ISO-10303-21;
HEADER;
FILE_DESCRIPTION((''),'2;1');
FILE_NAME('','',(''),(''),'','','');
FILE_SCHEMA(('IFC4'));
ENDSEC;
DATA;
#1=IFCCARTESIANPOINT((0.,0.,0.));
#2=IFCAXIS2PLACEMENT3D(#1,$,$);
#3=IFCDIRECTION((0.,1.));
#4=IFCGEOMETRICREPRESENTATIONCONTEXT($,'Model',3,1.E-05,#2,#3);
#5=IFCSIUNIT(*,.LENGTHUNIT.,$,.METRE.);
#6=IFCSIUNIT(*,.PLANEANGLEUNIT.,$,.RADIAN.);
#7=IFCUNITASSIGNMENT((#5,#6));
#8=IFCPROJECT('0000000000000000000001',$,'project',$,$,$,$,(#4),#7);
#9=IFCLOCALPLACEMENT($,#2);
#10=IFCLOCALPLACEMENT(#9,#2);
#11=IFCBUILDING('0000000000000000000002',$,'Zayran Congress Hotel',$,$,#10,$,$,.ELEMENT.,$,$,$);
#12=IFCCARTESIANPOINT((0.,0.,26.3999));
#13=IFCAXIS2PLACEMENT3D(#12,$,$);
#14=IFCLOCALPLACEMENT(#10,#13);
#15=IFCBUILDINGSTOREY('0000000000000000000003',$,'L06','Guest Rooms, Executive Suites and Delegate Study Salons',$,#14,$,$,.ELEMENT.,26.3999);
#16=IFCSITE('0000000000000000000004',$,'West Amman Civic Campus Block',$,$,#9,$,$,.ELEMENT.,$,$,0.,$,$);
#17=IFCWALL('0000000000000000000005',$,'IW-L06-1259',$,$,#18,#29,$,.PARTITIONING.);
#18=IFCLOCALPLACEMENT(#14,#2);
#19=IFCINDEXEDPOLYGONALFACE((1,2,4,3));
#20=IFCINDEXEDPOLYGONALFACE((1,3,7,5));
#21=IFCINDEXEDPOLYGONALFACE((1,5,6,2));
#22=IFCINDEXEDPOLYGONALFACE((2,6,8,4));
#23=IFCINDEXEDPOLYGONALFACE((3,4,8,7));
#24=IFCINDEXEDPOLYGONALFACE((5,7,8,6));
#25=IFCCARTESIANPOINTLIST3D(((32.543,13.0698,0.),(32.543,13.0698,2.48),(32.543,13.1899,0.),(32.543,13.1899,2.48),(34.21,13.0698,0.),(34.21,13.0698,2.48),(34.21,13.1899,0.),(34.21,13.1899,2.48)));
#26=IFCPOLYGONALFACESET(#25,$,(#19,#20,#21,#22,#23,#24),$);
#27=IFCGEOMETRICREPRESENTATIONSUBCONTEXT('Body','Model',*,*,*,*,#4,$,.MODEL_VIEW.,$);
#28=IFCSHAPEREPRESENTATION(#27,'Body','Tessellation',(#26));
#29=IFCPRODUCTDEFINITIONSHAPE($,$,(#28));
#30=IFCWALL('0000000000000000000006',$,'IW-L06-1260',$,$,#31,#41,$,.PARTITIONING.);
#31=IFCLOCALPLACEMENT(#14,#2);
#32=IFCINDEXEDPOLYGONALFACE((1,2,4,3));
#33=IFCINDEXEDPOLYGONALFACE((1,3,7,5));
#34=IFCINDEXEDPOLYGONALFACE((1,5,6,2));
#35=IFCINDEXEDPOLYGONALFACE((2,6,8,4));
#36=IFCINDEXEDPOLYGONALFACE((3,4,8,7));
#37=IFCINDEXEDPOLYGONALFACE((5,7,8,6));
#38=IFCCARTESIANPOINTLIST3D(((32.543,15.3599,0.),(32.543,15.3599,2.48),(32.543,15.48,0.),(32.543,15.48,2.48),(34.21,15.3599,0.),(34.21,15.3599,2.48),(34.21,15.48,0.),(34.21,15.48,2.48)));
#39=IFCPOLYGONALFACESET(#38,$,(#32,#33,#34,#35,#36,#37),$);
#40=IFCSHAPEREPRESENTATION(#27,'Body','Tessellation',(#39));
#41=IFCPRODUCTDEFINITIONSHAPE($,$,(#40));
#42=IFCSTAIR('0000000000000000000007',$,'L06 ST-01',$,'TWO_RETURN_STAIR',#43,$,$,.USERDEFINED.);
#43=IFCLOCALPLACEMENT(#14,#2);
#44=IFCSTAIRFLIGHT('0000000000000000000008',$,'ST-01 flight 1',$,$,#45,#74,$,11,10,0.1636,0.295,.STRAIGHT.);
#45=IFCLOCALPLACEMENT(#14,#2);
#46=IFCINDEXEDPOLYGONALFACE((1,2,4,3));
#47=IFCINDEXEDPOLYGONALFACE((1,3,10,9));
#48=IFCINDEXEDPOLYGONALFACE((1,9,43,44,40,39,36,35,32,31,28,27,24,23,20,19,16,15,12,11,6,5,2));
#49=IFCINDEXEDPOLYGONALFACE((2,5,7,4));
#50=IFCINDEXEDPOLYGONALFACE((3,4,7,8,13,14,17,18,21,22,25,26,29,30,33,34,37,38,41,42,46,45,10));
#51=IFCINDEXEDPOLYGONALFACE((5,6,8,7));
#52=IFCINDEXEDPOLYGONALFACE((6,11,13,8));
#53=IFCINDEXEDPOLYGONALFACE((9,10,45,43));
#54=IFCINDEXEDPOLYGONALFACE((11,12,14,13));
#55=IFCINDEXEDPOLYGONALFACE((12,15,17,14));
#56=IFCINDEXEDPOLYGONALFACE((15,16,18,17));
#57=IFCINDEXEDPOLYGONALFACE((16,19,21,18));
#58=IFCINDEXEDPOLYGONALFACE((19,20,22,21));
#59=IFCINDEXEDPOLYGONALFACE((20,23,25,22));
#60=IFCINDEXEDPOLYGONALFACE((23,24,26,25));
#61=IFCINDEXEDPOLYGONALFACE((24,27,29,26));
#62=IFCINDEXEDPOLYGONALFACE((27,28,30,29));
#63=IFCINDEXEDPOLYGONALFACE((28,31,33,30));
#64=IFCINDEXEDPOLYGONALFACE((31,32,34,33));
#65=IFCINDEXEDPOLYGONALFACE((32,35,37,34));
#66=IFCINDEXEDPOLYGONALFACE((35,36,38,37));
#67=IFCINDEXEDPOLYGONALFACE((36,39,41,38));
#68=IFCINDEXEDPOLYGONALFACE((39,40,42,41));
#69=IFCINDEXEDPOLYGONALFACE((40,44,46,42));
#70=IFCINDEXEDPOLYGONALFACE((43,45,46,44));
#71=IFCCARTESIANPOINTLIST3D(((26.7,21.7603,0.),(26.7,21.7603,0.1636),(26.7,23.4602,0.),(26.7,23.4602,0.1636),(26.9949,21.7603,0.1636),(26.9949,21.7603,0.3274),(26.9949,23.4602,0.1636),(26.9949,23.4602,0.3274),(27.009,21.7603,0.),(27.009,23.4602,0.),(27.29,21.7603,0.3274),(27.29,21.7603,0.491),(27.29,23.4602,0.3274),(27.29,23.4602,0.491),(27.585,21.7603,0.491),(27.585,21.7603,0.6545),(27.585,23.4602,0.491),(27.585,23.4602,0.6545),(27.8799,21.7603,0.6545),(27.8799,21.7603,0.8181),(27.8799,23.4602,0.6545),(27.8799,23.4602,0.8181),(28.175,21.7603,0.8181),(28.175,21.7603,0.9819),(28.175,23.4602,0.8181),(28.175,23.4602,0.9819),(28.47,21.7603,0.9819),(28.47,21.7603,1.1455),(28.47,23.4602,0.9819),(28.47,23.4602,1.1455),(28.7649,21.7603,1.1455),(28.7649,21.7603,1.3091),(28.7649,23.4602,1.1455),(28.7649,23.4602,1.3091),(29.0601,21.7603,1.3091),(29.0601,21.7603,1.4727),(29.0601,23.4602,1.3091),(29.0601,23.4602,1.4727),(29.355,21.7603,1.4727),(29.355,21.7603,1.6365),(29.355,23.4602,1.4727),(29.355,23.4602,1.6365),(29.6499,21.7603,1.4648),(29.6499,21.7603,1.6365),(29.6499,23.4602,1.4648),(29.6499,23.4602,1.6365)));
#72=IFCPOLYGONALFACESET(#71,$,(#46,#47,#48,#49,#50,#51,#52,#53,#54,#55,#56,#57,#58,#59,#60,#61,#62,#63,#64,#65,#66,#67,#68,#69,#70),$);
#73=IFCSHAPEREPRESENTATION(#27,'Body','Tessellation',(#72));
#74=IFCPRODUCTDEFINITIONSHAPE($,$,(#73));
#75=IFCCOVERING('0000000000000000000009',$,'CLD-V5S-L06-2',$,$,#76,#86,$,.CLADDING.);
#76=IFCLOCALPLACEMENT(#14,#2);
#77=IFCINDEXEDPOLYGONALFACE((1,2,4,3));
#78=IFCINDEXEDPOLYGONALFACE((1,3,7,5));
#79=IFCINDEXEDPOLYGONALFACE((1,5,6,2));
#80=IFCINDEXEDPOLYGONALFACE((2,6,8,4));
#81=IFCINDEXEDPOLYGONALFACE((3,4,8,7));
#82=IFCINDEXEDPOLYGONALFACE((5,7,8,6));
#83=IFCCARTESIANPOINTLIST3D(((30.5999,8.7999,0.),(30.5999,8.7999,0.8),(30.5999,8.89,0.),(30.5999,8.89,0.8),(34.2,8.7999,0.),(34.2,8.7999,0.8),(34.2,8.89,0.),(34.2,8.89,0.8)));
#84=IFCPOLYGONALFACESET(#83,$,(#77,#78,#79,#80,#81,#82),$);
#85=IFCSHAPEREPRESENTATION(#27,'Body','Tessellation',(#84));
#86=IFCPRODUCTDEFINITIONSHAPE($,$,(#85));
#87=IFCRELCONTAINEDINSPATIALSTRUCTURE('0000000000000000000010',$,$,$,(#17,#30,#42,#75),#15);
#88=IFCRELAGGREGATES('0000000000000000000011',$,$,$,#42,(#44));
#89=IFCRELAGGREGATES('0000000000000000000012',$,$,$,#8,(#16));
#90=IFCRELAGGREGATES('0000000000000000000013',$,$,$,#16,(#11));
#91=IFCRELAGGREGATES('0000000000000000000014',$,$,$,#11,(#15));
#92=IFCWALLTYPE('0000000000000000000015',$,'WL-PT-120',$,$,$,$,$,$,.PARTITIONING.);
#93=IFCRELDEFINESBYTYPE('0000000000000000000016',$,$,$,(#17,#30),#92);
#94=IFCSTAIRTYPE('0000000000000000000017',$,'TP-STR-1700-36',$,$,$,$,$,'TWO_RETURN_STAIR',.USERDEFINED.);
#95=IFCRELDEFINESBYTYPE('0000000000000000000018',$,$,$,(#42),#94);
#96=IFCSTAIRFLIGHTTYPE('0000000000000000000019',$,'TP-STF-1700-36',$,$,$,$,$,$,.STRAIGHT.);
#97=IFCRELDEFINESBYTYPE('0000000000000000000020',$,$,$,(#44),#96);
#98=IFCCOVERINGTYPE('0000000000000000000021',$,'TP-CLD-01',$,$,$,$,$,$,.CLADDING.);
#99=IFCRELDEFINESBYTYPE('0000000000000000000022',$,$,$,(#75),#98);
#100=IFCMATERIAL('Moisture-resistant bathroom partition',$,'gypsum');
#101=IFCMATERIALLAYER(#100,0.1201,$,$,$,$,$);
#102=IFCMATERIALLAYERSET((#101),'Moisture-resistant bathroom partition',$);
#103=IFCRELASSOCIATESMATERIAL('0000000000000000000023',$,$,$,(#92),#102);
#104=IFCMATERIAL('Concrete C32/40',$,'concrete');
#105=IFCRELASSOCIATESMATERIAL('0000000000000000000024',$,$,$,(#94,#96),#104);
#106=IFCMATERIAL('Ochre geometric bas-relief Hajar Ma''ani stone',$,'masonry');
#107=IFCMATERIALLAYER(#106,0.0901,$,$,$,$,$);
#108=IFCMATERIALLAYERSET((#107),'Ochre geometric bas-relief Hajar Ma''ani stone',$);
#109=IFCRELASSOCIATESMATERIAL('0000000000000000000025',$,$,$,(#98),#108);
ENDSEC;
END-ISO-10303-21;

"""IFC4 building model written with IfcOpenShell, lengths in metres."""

from ifc_helpers import new_model, si_unit, direction, frame, frame_2d, origin, origin_2d, place, context, subcontext, project, spatial, polyline, rectangle, outline, extrude, material, layer, layer_set, type_object, element, aggregate, save


model = new_model("IFC4")

# Units and contexts
model_context = context("Model", 3, precision=1e-05, world=origin(), true_north=direction((0.0, 1.0)))
body_context = subcontext(model_context, "Body", "Model", "MODEL_VIEW")
ifc_project = project(units=[si_unit("LENGTHUNIT", "METRE"), si_unit("PLANEANGLEUNIT", "RADIAN")], contexts=[model_context])

# Site, building, storey
site_placement = place(None, origin())
site = spatial("IfcSite", under=ifc_project, at=site_placement, Name="West Amman Civic Campus Block", CompositionType="ELEMENT", RefElevation=0.0)
building_placement = place(site_placement, origin())
building = spatial("IfcBuilding", under=site, at=building_placement, Name="Zayran Congress Hotel", CompositionType="ELEMENT")
storey_placement = place(building_placement, frame((0.0, 0.0, 26.3999)))
storey = spatial("IfcBuildingStorey", under=building, at=storey_placement, Name="L06", Description="Guest Rooms, Executive Suites and Delegate Study Salons", CompositionType="ELEMENT", Elevation=26.3999)

# Shared definitions
ifc_material_1 = material(Name="Moisture-resistant bathroom partition", Category="gypsum")
ifc_layer_1 = layer(ifc_material_1, 0.1201)
ifc_layer_set_1 = layer_set([ifc_layer_1], Name="Moisture-resistant bathroom partition")
wall_type_1 = type_object("IfcWallType", Name="WL-PT-120", PredefinedType="PARTITIONING", material=ifc_layer_set_1)

# Walls
for number, where, z_axis, x_axis, name in (
    (1, (32.543, 13.1299, 0.0), (0.0, 0.0, 1.0), (1.0, 0.0, 0.0), "IW-L06-1259"),
    (2, (32.543, 15.4199, 0.0), (0.0, 0.0, 1.0), (1.0, 0.0, 0.0), "IW-L06-1260"),
):
    element("IfcWall", number, at=place(storey_placement, frame(where, z_axis=z_axis, x_axis=x_axis)), inside=storey, type_object=wall_type_1, Name=name, PredefinedType="PARTITIONING", context=body_context, shape_type="SweptSolid", body=[
        extrude(rectangle(XDim=1.667, YDim=0.1201, at=frame_2d((0.8335, 0.0))), origin(), (0.0, 0.0, 1.0), 2.48),
    ])

# Stair, stair flight
ifc_material_2 = material(Name="Concrete C32/40", Category="concrete")
stair_type = type_object("IfcStairType", Name="TP-STR-1700-36", ElementType="TWO_RETURN_STAIR", PredefinedType="USERDEFINED", material=ifc_material_2)
stair_placement = place(storey_placement, origin())
stair = element("IfcStair", 3, at=stair_placement, inside=storey, type_object=stair_type, Name="L06 ST-01", ObjectType="TWO_RETURN_STAIR", PredefinedType="USERDEFINED")
stair_flight_type = type_object("IfcStairFlightType", Name="TP-STF-1700-36", PredefinedType="STRAIGHT", material=ifc_material_2)
stair_flight_placement = place(storey_placement, frame((26.7, 22.6101, 0.0), z_axis=(0.0, 0.0, 1.0), x_axis=(1.0, 0.0, 0.0)))
stair_flight = element("IfcStairFlight", 4, at=stair_flight_placement, type_object=stair_flight_type, Name="ST-01 flight 1", NumberOfRisers=11, NumberOfTreads=10, PredefinedType="STRAIGHT", RiserHeight=0.1636, TreadLength=0.295, context=body_context, shape_type="SweptSolid", body=[
    extrude(outline(polyline([(0.0, 0.0), (0.0, 0.1636), (0.2949, 0.1636), (0.2949, 0.3274), (0.5901, 0.3274), (0.5901, 0.491), (0.885, 0.491), (0.885, 0.6545), (1.1799, 0.6545), (1.1799, 0.8181), (1.4751, 0.8181), (1.4751, 0.9819), (1.77, 0.9819), (1.77, 1.1455), (2.0649, 1.1455), (2.0649, 1.3091), (2.3601, 1.3091), (2.3601, 1.4727), (2.655, 1.4727), (2.655, 1.6365), (2.95, 1.6365), (2.95, 1.8), (2.95, 1.4648), (0.3091, 0.0), (0.0, 0.0)])), frame((0.0, 0.8501, 0.0), z_axis=(0.0, -1.0, 0.0), x_axis=(1.0, 0.0, 0.0)), (0.0, 0.0, 1.0), 1.7),
])
aggregate(stair, [stair_flight])

# Covering
ifc_material_3 = material(Name="Ochre geometric bas-relief Hajar Ma'ani stone", Category="masonry")
ifc_layer_2 = layer(ifc_material_3, 0.0901)
ifc_layer_set_2 = layer_set([ifc_layer_2], Name="Ochre geometric bas-relief Hajar Ma'ani stone")
covering_type = type_object("IfcCoveringType", Name="TP-CLD-01", PredefinedType="CLADDING", material=ifc_layer_set_2)
covering_placement = place(storey_placement, frame((32.3999, 8.845, 0.0), z_axis=(0.0, 0.0, 1.0), x_axis=(1.0, 0.0, 0.0)))
element("IfcCovering", 5, at=covering_placement, inside=storey, type_object=covering_type, Name="CLD-V5S-L06-2", PredefinedType="CLADDING", context=body_context, shape_type="SweptSolid", body=[
    extrude(rectangle(XDim=3.6001, YDim=0.0901, at=origin_2d()), origin(), (0.0, 0.0, 1.0), 0.8),
])

save(model, "model.ifc")
